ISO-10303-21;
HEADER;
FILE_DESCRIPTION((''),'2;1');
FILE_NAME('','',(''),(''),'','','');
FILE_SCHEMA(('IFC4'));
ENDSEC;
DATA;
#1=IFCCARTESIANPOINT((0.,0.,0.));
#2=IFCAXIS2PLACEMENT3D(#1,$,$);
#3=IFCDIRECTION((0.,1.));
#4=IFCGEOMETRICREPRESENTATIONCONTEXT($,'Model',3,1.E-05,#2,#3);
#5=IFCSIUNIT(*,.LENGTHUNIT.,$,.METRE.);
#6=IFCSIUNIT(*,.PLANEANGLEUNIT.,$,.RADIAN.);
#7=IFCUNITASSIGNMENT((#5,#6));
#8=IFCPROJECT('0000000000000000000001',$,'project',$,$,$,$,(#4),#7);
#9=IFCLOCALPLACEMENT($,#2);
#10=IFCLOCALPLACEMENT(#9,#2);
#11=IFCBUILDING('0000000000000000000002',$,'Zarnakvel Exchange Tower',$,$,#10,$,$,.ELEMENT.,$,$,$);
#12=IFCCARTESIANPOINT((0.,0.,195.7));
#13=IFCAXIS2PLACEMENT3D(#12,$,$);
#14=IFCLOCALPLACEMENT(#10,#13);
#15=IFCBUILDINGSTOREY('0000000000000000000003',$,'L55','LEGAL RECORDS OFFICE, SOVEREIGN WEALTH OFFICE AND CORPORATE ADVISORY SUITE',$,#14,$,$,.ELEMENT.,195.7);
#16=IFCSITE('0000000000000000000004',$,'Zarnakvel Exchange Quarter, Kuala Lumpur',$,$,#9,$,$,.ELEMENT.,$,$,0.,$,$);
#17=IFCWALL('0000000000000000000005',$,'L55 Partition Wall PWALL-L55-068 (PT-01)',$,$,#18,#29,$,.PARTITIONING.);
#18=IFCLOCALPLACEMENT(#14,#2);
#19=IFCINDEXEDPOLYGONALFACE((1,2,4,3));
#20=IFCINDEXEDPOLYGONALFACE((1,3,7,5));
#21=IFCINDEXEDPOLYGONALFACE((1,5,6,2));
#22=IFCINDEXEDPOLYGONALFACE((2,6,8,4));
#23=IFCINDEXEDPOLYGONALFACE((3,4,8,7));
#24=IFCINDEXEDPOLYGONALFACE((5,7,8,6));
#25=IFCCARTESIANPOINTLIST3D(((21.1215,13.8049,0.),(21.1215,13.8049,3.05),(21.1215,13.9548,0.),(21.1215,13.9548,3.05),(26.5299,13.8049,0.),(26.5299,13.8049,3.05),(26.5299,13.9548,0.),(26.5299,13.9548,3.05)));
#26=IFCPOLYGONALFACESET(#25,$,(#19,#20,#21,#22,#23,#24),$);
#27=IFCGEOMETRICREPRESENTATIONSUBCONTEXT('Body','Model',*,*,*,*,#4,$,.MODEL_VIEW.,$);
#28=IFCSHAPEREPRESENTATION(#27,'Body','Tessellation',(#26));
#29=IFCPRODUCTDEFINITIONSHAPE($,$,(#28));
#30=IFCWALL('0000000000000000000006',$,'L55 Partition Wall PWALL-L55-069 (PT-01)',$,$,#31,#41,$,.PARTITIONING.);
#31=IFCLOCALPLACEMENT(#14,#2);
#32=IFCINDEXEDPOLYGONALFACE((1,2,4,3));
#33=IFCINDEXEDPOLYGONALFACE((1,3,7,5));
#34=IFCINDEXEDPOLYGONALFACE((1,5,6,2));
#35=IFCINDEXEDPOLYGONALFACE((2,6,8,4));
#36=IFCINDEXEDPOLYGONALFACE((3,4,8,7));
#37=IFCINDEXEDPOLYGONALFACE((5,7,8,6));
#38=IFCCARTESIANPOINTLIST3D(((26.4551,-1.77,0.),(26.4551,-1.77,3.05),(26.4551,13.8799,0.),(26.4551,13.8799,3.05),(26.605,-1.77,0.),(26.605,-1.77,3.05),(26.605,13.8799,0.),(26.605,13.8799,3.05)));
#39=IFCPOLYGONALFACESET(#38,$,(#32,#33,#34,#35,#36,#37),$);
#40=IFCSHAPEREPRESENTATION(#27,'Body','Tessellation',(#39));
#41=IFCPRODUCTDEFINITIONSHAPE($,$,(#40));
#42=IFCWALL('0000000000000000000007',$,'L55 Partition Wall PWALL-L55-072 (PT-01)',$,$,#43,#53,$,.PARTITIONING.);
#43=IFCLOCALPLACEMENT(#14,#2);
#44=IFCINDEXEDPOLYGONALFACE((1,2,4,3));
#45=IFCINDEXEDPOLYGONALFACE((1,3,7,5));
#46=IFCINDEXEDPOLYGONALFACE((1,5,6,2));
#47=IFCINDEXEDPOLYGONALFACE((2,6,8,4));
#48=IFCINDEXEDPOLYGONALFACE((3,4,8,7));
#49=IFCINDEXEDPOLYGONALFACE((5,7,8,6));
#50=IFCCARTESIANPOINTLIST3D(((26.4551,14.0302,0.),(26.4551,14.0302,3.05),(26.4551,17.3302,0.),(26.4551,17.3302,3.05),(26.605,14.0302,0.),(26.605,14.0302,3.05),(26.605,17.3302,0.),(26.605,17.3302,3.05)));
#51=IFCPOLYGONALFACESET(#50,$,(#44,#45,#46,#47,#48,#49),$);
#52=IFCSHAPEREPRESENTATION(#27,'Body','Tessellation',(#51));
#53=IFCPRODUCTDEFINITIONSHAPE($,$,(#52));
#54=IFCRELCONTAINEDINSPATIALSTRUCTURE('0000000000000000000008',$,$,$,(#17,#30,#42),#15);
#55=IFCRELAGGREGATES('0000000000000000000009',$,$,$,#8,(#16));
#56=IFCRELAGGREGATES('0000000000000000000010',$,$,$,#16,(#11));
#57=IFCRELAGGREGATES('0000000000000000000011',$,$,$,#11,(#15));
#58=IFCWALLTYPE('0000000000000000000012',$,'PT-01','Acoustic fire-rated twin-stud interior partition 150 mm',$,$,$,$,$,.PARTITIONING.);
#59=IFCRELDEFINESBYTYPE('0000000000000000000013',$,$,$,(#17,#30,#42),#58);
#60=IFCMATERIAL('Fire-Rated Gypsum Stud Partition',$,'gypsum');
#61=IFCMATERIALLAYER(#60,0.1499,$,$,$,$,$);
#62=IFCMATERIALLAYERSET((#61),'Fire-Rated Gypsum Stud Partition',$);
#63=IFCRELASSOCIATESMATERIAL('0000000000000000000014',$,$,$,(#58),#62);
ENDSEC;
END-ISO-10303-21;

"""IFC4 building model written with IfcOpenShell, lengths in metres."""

from ifc_helpers import new_model, si_unit, direction, frame, frame_2d, origin, place, context, subcontext, project, spatial, rectangle, extrude, material, layer, layer_set, type_object, element, save


model = new_model("IFC4")

# Units and contexts
model_context = context("Model", 3, precision=1e-05, world=origin(), true_north=direction((0.0, 1.0)))
body_context = subcontext(model_context, "Body", "Model", "MODEL_VIEW")
ifc_project = project(units=[si_unit("LENGTHUNIT", "METRE"), si_unit("PLANEANGLEUNIT", "RADIAN")], contexts=[model_context])

# Site, building, storey
site_placement = place(None, origin())
site = spatial("IfcSite", under=ifc_project, at=site_placement, Name="Zarnakvel Exchange Quarter, Kuala Lumpur", CompositionType="ELEMENT", RefElevation=0.0)
building_placement = place(site_placement, origin())
building = spatial("IfcBuilding", under=site, at=building_placement, Name="Zarnakvel Exchange Tower", CompositionType="ELEMENT")
storey_placement = place(building_placement, frame((0.0, 0.0, 195.7)))
storey = spatial("IfcBuildingStorey", under=building, at=storey_placement, Name="L55", Description="LEGAL RECORDS OFFICE, SOVEREIGN WEALTH OFFICE AND CORPORATE ADVISORY SUITE", CompositionType="ELEMENT", Elevation=195.7)

# Walls
ifc_material_1 = material(Name="Fire-Rated Gypsum Stud Partition", Category="gypsum")
ifc_layer_1 = layer(ifc_material_1, 0.1499)
ifc_layer_set_1 = layer_set([ifc_layer_1], Name="Fire-Rated Gypsum Stud Partition")
wall_type_1 = type_object("IfcWallType", Name="PT-01", Description="Acoustic fire-rated twin-stud interior partition 150 mm", PredefinedType="PARTITIONING", material=ifc_layer_set_1)
wall_1_placement = place(storey_placement, frame((21.1216, 13.8799, 0.0), z_axis=(0.0, 0.0, 1.0), x_axis=(1.0, 0.0, 0.0)))
element("IfcWall", 1, at=wall_1_placement, inside=storey, type_object=wall_type_1, Name="L55 Partition Wall PWALL-L55-068 (PT-01)", PredefinedType="PARTITIONING", context=body_context, shape_type="SweptSolid", body=[
    extrude(rectangle(XDim=5.4084, YDim=0.1499, at=frame_2d((2.7041, 0.0))), origin(), (0.0, 0.0, 1.0), 3.05),
])
wall_2_placement = place(storey_placement, frame((26.53, 13.8799, 0.0), z_axis=(0.0, 0.0, 1.0), x_axis=(0.0, -1.0, 0.0)))
element("IfcWall", 2, at=wall_2_placement, inside=storey, type_object=wall_type_1, Name="L55 Partition Wall PWALL-L55-069 (PT-01)", PredefinedType="PARTITIONING", context=body_context, shape_type="SweptSolid", body=[
    extrude(rectangle(XDim=15.6499, YDim=0.1499, at=frame_2d((7.825, 0.0))), origin(), (0.0, 0.0, 1.0), 3.05),
])
wall_3_placement = place(storey_placement, frame((26.53, 17.3301, 0.0), z_axis=(0.0, 0.0, 1.0), x_axis=(0.0, -1.0, 0.0)))
element("IfcWall", 3, at=wall_3_placement, inside=storey, type_object=wall_type_1, Name="L55 Partition Wall PWALL-L55-072 (PT-01)", PredefinedType="PARTITIONING", context=body_context, shape_type="SweptSolid", body=[
    extrude(rectangle(XDim=3.3, YDim=0.1499, at=frame_2d((1.6499, 0.0))), origin(), (0.0, 0.0, 1.0), 3.05),
])

save(model, "model.ifc")
